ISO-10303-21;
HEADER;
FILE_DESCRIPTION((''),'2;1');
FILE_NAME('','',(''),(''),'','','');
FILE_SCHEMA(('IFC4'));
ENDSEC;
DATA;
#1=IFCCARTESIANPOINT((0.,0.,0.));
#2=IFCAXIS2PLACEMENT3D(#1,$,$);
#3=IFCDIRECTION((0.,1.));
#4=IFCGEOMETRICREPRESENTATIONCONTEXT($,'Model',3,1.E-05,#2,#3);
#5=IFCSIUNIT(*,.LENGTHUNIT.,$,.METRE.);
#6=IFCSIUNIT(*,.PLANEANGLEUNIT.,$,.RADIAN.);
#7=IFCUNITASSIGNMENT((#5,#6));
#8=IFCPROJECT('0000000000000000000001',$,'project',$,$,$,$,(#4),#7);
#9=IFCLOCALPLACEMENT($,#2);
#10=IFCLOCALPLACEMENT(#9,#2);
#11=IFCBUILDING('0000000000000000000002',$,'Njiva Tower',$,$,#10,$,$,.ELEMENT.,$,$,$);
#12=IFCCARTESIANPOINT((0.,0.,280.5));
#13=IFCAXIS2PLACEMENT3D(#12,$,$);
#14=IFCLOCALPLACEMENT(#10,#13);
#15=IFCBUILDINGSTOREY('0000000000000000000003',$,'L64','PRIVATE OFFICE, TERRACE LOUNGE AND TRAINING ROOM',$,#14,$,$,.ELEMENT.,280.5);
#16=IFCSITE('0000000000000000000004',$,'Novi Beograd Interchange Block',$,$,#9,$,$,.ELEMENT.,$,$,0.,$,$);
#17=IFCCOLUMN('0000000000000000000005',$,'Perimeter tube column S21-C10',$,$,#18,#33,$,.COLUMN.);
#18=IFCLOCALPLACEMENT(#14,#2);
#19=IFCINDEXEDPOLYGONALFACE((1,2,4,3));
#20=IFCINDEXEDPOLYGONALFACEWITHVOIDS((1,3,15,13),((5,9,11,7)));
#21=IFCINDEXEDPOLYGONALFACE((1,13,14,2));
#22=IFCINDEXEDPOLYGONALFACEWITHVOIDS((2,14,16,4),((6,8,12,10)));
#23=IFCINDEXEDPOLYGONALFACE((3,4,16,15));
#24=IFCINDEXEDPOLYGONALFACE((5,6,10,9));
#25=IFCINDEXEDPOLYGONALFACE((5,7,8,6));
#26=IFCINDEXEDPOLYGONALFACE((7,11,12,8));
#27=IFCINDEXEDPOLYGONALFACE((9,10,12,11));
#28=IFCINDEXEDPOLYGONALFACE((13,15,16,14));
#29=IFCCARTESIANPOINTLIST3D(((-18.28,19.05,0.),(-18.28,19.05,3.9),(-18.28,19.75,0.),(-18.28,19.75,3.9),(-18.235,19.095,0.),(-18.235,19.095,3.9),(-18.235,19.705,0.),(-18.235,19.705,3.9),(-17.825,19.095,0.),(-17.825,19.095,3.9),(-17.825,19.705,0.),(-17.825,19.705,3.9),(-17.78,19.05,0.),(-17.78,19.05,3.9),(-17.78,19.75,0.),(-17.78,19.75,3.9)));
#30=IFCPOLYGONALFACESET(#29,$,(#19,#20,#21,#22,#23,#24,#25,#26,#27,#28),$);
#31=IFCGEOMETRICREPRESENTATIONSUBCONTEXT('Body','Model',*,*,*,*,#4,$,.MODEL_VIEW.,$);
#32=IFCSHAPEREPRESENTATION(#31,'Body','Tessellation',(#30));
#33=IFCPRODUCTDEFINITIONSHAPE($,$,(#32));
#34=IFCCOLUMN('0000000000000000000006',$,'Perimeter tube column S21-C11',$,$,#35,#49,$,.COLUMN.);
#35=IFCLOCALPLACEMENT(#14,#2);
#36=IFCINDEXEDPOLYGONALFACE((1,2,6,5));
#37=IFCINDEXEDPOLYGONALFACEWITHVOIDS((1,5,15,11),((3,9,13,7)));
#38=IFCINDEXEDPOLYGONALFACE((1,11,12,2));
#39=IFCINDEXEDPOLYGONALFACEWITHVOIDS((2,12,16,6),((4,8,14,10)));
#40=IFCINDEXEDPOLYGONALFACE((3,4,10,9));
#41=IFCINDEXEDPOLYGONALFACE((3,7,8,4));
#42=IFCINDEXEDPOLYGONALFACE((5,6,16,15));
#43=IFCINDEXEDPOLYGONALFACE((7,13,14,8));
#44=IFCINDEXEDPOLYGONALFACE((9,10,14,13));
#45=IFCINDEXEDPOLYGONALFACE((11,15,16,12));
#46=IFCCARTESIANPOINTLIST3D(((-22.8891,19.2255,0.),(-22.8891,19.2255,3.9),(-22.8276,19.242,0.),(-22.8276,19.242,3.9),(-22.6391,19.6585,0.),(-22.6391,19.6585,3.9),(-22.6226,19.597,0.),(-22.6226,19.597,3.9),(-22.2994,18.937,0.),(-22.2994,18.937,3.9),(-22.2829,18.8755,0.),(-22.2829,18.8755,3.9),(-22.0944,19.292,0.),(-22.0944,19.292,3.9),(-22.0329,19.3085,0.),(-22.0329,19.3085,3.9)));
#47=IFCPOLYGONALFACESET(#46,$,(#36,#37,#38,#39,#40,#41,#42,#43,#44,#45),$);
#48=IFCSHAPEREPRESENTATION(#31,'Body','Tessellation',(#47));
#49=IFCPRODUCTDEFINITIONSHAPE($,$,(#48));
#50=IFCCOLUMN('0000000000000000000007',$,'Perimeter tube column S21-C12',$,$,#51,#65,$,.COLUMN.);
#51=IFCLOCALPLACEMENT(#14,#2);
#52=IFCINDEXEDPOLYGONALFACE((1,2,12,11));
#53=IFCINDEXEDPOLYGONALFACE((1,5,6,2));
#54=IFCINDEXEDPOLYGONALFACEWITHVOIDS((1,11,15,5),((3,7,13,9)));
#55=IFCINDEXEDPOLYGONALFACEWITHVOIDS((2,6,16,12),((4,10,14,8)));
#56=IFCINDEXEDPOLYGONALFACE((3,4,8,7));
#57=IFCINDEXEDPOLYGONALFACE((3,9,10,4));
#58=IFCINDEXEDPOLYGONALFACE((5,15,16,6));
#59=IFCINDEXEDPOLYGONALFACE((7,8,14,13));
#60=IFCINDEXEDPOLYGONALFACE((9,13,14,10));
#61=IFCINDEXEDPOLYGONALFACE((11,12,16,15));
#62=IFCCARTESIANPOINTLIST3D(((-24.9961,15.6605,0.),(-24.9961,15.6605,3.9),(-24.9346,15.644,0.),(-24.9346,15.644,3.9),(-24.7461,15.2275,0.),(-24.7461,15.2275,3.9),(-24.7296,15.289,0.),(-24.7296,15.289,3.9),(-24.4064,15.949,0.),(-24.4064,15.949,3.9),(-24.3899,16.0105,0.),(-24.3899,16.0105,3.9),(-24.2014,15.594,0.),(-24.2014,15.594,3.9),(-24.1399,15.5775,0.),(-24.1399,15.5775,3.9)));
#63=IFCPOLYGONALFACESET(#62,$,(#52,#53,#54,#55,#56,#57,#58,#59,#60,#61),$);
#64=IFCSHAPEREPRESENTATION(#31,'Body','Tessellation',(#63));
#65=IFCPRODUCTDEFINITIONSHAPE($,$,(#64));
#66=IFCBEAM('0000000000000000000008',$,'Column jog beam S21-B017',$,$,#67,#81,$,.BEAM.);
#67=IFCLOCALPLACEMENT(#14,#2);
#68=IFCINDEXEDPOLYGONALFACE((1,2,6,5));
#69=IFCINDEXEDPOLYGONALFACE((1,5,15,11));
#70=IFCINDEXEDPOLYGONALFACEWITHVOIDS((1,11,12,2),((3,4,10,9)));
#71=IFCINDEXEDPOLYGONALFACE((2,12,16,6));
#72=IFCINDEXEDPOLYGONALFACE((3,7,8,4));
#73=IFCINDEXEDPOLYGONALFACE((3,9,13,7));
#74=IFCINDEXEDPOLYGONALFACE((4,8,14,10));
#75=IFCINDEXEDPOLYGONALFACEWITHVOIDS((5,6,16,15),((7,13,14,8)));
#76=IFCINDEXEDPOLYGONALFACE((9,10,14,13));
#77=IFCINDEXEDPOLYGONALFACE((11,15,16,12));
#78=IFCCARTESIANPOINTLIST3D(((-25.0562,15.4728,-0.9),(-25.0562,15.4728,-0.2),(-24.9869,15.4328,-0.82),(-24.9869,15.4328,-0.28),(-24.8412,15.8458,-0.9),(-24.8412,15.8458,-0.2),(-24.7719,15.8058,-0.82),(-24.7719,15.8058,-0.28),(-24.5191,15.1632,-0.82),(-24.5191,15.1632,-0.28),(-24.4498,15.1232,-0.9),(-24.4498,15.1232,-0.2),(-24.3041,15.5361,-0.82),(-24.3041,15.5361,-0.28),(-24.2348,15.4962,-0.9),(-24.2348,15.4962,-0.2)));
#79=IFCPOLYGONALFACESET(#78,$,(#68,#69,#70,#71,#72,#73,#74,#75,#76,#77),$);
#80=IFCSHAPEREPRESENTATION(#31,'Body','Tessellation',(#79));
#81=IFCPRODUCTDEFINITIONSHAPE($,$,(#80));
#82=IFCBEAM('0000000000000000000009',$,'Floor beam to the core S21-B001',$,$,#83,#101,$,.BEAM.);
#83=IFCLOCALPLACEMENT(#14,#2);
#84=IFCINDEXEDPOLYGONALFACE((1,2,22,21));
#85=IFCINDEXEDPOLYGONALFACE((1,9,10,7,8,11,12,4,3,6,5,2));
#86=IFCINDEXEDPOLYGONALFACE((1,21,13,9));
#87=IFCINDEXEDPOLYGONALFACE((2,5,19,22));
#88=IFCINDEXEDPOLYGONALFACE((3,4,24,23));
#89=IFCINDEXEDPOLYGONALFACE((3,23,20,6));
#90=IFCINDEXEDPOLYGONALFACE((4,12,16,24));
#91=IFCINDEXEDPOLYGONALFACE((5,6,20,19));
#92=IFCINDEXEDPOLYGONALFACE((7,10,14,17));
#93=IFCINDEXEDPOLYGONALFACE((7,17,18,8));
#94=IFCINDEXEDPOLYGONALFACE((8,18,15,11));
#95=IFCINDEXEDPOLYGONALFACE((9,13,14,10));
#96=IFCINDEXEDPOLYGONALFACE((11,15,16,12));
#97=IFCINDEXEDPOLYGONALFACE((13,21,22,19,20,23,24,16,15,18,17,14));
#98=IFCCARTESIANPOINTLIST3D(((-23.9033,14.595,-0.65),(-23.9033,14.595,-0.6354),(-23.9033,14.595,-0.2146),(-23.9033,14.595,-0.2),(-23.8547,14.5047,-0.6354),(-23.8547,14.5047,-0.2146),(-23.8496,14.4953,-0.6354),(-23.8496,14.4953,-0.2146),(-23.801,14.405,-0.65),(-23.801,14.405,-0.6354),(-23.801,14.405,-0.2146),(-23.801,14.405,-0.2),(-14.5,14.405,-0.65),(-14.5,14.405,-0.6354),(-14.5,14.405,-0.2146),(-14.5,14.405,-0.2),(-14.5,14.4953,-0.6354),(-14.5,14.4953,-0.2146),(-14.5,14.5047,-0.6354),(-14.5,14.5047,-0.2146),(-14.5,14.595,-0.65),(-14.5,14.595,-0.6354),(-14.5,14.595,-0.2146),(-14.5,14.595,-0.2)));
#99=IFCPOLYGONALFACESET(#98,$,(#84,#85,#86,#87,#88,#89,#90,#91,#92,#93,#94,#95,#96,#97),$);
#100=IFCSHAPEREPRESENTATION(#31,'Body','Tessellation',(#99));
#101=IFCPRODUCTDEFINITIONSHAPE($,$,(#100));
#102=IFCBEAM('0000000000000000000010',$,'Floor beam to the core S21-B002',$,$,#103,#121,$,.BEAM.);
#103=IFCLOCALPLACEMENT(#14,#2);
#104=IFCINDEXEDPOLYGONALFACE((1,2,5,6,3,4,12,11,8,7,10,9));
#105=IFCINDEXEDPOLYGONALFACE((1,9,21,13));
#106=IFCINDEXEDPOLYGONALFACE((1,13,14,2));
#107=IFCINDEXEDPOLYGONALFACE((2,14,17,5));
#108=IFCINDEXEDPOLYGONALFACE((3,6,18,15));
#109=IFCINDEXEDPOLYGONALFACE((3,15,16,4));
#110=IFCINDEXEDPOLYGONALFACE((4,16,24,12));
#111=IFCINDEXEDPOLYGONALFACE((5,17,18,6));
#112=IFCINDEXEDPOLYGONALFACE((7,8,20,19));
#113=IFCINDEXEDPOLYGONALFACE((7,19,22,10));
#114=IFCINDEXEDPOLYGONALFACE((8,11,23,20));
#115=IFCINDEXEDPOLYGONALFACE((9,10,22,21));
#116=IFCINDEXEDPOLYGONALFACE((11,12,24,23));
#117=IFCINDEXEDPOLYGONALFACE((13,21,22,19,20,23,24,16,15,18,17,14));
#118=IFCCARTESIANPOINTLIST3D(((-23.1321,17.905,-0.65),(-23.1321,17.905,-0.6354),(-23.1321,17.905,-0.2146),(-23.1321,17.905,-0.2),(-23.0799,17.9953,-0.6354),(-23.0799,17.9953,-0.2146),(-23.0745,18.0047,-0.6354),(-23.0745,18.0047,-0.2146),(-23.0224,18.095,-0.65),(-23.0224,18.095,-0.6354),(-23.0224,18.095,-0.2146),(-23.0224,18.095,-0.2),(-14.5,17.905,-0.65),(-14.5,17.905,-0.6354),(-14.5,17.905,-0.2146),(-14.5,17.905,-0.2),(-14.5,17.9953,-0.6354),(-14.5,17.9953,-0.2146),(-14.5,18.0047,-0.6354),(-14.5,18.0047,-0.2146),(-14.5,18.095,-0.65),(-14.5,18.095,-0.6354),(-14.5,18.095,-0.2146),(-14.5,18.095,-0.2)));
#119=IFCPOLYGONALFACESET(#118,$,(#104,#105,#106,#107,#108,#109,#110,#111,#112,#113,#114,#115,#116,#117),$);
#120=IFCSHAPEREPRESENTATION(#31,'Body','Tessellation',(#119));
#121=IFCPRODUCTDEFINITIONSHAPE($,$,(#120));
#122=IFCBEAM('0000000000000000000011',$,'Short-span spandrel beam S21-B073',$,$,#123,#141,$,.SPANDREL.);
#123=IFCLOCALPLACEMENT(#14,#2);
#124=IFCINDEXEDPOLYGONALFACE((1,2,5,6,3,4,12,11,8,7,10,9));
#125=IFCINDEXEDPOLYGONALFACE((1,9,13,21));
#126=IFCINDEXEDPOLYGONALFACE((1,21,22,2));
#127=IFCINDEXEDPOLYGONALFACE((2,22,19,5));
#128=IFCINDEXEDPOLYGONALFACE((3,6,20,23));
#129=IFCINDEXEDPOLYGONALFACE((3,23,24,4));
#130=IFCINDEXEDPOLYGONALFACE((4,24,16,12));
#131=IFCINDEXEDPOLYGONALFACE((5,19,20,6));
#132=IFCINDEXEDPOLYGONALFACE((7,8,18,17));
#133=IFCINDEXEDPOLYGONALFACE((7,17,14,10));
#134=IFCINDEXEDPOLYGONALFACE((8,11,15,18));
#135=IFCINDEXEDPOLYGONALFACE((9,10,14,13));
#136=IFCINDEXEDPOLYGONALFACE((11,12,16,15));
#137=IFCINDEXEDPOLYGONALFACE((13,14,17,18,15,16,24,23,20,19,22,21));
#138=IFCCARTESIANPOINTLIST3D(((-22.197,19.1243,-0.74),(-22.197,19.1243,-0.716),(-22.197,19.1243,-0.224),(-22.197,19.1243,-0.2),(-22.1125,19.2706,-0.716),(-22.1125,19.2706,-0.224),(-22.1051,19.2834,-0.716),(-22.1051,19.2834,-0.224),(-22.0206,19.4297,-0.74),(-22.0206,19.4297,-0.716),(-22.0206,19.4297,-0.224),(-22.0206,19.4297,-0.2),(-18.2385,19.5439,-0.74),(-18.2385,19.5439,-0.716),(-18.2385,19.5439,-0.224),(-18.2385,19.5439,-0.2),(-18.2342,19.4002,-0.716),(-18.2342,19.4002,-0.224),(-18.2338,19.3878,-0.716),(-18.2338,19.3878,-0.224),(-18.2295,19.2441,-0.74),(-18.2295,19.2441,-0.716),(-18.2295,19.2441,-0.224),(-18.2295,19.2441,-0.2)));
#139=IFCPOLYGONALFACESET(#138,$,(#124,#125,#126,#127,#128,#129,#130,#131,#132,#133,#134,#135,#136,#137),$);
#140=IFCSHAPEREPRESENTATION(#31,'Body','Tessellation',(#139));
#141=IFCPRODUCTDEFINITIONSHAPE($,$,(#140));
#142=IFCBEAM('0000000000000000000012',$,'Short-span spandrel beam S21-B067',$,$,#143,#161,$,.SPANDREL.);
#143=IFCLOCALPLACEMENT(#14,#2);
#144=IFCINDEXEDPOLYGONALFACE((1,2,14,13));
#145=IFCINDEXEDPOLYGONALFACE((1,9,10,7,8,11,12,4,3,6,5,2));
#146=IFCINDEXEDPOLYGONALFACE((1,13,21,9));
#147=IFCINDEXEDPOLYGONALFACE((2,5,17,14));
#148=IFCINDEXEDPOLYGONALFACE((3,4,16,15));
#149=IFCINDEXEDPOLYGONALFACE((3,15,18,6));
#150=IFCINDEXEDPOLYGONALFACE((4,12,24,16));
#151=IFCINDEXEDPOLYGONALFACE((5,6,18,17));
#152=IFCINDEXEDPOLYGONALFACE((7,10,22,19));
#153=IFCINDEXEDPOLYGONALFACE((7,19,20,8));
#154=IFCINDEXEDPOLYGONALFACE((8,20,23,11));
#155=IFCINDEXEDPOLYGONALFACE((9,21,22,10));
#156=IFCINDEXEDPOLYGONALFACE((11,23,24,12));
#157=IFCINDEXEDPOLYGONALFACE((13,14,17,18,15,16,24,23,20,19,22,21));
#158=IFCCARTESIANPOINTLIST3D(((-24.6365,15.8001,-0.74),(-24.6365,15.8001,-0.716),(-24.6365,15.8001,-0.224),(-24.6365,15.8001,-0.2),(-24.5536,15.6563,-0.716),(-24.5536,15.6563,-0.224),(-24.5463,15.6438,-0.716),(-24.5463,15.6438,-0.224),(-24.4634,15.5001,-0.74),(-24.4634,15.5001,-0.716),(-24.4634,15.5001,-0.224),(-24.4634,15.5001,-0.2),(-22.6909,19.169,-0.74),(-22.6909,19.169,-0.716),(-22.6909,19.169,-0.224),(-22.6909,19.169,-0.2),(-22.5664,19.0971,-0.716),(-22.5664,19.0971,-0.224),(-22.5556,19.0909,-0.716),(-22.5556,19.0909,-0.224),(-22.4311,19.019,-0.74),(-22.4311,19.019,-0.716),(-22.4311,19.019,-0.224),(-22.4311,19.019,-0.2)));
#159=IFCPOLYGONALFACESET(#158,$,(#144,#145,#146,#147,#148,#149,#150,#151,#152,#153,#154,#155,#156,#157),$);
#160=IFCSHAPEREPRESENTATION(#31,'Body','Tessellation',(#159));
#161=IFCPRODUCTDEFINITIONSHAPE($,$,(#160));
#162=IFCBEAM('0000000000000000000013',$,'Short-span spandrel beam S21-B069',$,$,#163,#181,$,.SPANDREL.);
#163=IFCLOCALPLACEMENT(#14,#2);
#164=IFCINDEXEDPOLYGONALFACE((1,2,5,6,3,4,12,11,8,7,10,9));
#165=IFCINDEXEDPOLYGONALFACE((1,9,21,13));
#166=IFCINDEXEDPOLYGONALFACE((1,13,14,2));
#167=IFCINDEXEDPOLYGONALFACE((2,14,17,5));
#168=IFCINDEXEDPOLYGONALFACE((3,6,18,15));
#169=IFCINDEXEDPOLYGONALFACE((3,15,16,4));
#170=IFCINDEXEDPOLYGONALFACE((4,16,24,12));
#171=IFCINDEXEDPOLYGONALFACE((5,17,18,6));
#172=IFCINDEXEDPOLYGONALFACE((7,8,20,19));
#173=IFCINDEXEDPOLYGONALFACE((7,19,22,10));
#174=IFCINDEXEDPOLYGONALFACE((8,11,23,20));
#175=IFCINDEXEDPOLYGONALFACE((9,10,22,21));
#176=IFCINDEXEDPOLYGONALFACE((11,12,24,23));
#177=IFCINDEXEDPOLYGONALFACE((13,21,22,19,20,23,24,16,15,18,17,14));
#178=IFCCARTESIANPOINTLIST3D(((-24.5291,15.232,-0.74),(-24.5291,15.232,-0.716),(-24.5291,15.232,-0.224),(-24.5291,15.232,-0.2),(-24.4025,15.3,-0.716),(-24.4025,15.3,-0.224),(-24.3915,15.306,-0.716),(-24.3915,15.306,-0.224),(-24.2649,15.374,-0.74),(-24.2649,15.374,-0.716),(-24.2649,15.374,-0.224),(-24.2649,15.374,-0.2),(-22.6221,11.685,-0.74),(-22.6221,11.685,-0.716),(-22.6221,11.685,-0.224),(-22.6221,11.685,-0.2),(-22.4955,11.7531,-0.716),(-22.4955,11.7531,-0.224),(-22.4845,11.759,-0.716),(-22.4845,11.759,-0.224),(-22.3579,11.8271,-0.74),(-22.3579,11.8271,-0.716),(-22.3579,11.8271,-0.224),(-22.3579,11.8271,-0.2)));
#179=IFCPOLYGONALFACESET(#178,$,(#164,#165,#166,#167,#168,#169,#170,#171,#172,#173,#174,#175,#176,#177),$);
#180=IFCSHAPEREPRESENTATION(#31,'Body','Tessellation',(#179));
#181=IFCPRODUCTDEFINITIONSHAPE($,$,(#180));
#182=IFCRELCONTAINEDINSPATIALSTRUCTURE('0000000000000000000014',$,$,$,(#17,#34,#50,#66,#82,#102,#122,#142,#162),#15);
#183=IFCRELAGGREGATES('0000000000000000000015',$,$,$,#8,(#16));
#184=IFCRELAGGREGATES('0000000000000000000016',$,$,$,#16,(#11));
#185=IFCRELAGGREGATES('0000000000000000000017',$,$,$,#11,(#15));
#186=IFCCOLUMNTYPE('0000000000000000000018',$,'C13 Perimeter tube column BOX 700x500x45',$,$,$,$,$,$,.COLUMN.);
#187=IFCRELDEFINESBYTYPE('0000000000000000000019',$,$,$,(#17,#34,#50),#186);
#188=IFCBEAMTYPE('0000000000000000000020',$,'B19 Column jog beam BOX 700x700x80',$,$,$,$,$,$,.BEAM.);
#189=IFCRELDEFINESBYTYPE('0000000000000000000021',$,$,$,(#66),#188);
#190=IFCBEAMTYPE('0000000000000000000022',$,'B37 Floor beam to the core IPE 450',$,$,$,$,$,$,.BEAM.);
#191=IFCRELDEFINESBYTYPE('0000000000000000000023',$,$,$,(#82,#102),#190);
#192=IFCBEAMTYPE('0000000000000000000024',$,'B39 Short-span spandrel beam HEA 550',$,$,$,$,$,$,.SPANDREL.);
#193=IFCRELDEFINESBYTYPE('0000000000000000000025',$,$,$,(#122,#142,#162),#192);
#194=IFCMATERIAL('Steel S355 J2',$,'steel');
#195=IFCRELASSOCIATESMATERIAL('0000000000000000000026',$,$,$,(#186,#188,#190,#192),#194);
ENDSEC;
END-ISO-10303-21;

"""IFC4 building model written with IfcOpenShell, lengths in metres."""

from ifc_helpers import new_model, si_unit, direction, frame, origin, origin_2d, place, context, subcontext, project, spatial, hollow_rectangle, i_section, extrude, clip, halfspace, material, material_profile, profile_set, type_object, element, save


model = new_model("IFC4")

# Units and contexts
model_context = context("Model", 3, precision=1e-05, world=origin(), true_north=direction((0.0, 1.0)))
body_context = subcontext(model_context, "Body", "Model", "MODEL_VIEW")
ifc_project = project(units=[si_unit("LENGTHUNIT", "METRE"), si_unit("PLANEANGLEUNIT", "RADIAN")], contexts=[model_context])

# Site, building, storey
site_placement = place(None, origin())
site = spatial("IfcSite", under=ifc_project, at=site_placement, Name="Novi Beograd Interchange Block", CompositionType="ELEMENT", RefElevation=0.0)
building_placement = place(site_placement, origin())
building = spatial("IfcBuilding", under=site, at=building_placement, Name="Njiva Tower", CompositionType="ELEMENT")
storey_placement = place(building_placement, frame((0.0, 0.0, 280.5)))
storey = spatial("IfcBuildingStorey", under=building, at=storey_placement, Name="L64", Description="PRIVATE OFFICE, TERRACE LOUNGE AND TRAINING ROOM", CompositionType="ELEMENT", Elevation=280.5)

# Columns
ifc_material_1 = material(Name="Steel S355 J2", Category="steel")
ifc_material_profile_1 = material_profile(ifc_material_1, hollow_rectangle(XDim=0.5, YDim=0.7, WallThickness=0.045, at=origin_2d()), Name="BOX 700x500x45")
ifc_profile_set_1 = profile_set([ifc_material_profile_1], Name="Steel S355 J2")
column_type = type_object("IfcColumnType", Name="C13 Perimeter tube column BOX 700x500x45", PredefinedType="COLUMN", material=ifc_profile_set_1)
for number, where, z_axis, x_axis, name in (
    (1, (-18.03, 19.4, 0.0), (0.0, 0.0, 1.0), (-1.0, 0.0, 0.0), "Perimeter tube column S21-C10"),
    (2, (-22.461, 19.267, 0.0), (0.0, 0.0, 1.0), (-0.5, -0.866025, 0.0), "Perimeter tube column S21-C11"),
    (3, (-24.568, 15.619, 0.0), (0.0, 0.0, 1.0), (0.5, -0.866025, 0.0), "Perimeter tube column S21-C12"),
):
    element("IfcColumn", number, at=place(storey_placement, frame(where, z_axis=z_axis, x_axis=x_axis)), inside=storey, type_object=column_type, Name=name, PredefinedType="COLUMN", context=body_context, shape_type="SweptSolid", body=[
        extrude(hollow_rectangle(XDim=0.5, YDim=0.7, WallThickness=0.045, at=origin_2d()), origin(), (0.0, 0.0, 1.0), 3.9),
    ])

# Beams
ifc_material_profile_2 = material_profile(ifc_material_1, hollow_rectangle(XDim=0.7, YDim=0.7, WallThickness=0.08, at=origin_2d()), Name="BOX 700x700x80")
ifc_profile_set_2 = profile_set([ifc_material_profile_2], Name="Steel S355 J2")
beam_type_1 = type_object("IfcBeamType", Name="B19 Column jog beam BOX 700x700x80", PredefinedType="BEAM", material=ifc_profile_set_2)
beam_1_placement = place(storey_placement, frame((-24.753, 15.298, -0.55), z_axis=(0.499387, 0.866379, 0.0), x_axis=(-0.866379, 0.499387, 0.0)))
element("IfcBeam", 4, at=beam_1_placement, inside=storey, type_object=beam_type_1, Name="Column jog beam S21-B017", PredefinedType="BEAM", context=body_context, shape_type="SweptSolid", body=[
    extrude(hollow_rectangle(XDim=0.7, YDim=0.7, WallThickness=0.08, at=origin_2d()), origin(), (0.0, 0.0, 1.0), 0.4305),
])
ifc_material_profile_3 = material_profile(ifc_material_1, i_section(OverallWidth=0.19, OverallDepth=0.45, WebThickness=0.0094, FlangeThickness=0.0146, at=origin_2d()), Name="IPE 450")
ifc_profile_set_3 = profile_set([ifc_material_profile_3], Name="Steel S355 J2")
beam_type_2 = type_object("IfcBeamType", Name="B37 Floor beam to the core IPE 450", PredefinedType="BEAM", material=ifc_profile_set_3)
beam_2_placement = place(storey_placement, frame((-23.923, 14.5, -0.425), z_axis=(1.0, 0.0, 0.0), x_axis=(0.0, 1.0, 0.0)))
element("IfcBeam", 5, at=beam_2_placement, inside=storey, type_object=beam_type_2, Name="Floor beam to the core S21-B001", PredefinedType="BEAM", context=body_context, shape_type="Clipping", body=[
    clip(extrude(i_section(OverallWidth=0.19, OverallDepth=0.45, WebThickness=0.0094, FlangeThickness=0.0146, at=origin_2d()), origin(), (0.0, 0.0, 1.0), 9.423), halfspace(frame((-0.0237, 0.0, 0.0836), z_axis=(-0.473769, 0.0, -0.880649), x_axis=(0.0, -1.0, 0.0)), False)),
])
beam_3_placement = place(storey_placement, frame((-23.152, 18.0, -0.425), z_axis=(1.0, 0.0, 0.0), x_axis=(0.0, 1.0, 0.0)))
element("IfcBeam", 6, at=beam_3_placement, inside=storey, type_object=beam_type_2, Name="Floor beam to the core S21-B002", PredefinedType="BEAM", context=body_context, shape_type="Clipping", body=[
    clip(extrude(i_section(OverallWidth=0.19, OverallDepth=0.45, WebThickness=0.0094, FlangeThickness=0.0146, at=origin_2d()), origin(), (0.0, 0.0, 1.0), 8.652), halfspace(frame((0.025, 0.0, 0.0892), z_axis=(0.499998, 0.0, -0.866027), x_axis=(0.0, -1.0, 0.0)), False)),
])
ifc_material_profile_4 = material_profile(ifc_material_1, i_section(OverallWidth=0.3, OverallDepth=0.54, WebThickness=0.0125, FlangeThickness=0.024, at=origin_2d()), Name="HEA 550")
ifc_profile_set_4 = profile_set([ifc_material_profile_4], Name="Steel S355 J2")
beam_type_3 = type_object("IfcBeamType", Name="B39 Short-span spandrel beam HEA 550", PredefinedType="SPANDREL", material=ifc_profile_set_4)
beam_4_placement = place(storey_placement, frame((-18.234, 19.394, -0.47), z_axis=(-0.999544, -0.03018, 0.0), x_axis=(0.03018, -0.999544, 0.0)))
element("IfcBeam", 7, at=beam_4_placement, inside=storey, type_object=beam_type_3, Name="Short-span spandrel beam S21-B073", PredefinedType="SPANDREL", context=body_context, shape_type="Clipping", body=[
    clip(extrude(i_section(OverallWidth=0.3, OverallDepth=0.54, WebThickness=0.0125, FlangeThickness=0.024, at=origin_2d()), origin(), (0.0, 0.0, 1.0), 3.9898), halfspace(frame((-0.0268, 0.0, 3.86), z_axis=(-0.525907, 0.0, 0.850542), x_axis=(0.0, 1.0, 0.0)), False)),
])
beam_5_placement = place(storey_placement, frame((-22.561, 19.094, -0.47), z_axis=(-0.500114, -0.865959, 0.0), x_axis=(0.865959, -0.500114, 0.0)))
element("IfcBeam", 8, at=beam_5_placement, inside=storey, type_object=beam_type_3, Name="Short-span spandrel beam S21-B067", PredefinedType="SPANDREL", context=body_context, shape_type="Clipping", body=[
    clip(extrude(i_section(OverallWidth=0.3, OverallDepth=0.54, WebThickness=0.0125, FlangeThickness=0.024, at=origin_2d()), origin(), (0.0, 0.0, 1.0), 4.0841), halfspace(frame((-0.0246, 0.0, 3.9628), z_axis=(-0.499888, 0.0, 0.86609), x_axis=(0.0, 1.0, 0.0)), False)),
])
beam_6_placement = place(storey_placement, frame((-24.397, 15.303, -0.47), z_axis=(0.473537, -0.880774, 0.0), x_axis=(0.880774, 0.473537, 0.0)))
element("IfcBeam", 9, at=beam_6_placement, inside=storey, type_object=beam_type_3, Name="Short-span spandrel beam S21-B069", PredefinedType="SPANDREL", context=body_context, shape_type="SweptSolid", body=[
    extrude(i_section(OverallWidth=0.3, OverallDepth=0.54, WebThickness=0.0125, FlangeThickness=0.024, at=origin_2d()), origin(), (0.0, 0.0, 1.0), 4.0271),
])

save(model, "model.ifc")
